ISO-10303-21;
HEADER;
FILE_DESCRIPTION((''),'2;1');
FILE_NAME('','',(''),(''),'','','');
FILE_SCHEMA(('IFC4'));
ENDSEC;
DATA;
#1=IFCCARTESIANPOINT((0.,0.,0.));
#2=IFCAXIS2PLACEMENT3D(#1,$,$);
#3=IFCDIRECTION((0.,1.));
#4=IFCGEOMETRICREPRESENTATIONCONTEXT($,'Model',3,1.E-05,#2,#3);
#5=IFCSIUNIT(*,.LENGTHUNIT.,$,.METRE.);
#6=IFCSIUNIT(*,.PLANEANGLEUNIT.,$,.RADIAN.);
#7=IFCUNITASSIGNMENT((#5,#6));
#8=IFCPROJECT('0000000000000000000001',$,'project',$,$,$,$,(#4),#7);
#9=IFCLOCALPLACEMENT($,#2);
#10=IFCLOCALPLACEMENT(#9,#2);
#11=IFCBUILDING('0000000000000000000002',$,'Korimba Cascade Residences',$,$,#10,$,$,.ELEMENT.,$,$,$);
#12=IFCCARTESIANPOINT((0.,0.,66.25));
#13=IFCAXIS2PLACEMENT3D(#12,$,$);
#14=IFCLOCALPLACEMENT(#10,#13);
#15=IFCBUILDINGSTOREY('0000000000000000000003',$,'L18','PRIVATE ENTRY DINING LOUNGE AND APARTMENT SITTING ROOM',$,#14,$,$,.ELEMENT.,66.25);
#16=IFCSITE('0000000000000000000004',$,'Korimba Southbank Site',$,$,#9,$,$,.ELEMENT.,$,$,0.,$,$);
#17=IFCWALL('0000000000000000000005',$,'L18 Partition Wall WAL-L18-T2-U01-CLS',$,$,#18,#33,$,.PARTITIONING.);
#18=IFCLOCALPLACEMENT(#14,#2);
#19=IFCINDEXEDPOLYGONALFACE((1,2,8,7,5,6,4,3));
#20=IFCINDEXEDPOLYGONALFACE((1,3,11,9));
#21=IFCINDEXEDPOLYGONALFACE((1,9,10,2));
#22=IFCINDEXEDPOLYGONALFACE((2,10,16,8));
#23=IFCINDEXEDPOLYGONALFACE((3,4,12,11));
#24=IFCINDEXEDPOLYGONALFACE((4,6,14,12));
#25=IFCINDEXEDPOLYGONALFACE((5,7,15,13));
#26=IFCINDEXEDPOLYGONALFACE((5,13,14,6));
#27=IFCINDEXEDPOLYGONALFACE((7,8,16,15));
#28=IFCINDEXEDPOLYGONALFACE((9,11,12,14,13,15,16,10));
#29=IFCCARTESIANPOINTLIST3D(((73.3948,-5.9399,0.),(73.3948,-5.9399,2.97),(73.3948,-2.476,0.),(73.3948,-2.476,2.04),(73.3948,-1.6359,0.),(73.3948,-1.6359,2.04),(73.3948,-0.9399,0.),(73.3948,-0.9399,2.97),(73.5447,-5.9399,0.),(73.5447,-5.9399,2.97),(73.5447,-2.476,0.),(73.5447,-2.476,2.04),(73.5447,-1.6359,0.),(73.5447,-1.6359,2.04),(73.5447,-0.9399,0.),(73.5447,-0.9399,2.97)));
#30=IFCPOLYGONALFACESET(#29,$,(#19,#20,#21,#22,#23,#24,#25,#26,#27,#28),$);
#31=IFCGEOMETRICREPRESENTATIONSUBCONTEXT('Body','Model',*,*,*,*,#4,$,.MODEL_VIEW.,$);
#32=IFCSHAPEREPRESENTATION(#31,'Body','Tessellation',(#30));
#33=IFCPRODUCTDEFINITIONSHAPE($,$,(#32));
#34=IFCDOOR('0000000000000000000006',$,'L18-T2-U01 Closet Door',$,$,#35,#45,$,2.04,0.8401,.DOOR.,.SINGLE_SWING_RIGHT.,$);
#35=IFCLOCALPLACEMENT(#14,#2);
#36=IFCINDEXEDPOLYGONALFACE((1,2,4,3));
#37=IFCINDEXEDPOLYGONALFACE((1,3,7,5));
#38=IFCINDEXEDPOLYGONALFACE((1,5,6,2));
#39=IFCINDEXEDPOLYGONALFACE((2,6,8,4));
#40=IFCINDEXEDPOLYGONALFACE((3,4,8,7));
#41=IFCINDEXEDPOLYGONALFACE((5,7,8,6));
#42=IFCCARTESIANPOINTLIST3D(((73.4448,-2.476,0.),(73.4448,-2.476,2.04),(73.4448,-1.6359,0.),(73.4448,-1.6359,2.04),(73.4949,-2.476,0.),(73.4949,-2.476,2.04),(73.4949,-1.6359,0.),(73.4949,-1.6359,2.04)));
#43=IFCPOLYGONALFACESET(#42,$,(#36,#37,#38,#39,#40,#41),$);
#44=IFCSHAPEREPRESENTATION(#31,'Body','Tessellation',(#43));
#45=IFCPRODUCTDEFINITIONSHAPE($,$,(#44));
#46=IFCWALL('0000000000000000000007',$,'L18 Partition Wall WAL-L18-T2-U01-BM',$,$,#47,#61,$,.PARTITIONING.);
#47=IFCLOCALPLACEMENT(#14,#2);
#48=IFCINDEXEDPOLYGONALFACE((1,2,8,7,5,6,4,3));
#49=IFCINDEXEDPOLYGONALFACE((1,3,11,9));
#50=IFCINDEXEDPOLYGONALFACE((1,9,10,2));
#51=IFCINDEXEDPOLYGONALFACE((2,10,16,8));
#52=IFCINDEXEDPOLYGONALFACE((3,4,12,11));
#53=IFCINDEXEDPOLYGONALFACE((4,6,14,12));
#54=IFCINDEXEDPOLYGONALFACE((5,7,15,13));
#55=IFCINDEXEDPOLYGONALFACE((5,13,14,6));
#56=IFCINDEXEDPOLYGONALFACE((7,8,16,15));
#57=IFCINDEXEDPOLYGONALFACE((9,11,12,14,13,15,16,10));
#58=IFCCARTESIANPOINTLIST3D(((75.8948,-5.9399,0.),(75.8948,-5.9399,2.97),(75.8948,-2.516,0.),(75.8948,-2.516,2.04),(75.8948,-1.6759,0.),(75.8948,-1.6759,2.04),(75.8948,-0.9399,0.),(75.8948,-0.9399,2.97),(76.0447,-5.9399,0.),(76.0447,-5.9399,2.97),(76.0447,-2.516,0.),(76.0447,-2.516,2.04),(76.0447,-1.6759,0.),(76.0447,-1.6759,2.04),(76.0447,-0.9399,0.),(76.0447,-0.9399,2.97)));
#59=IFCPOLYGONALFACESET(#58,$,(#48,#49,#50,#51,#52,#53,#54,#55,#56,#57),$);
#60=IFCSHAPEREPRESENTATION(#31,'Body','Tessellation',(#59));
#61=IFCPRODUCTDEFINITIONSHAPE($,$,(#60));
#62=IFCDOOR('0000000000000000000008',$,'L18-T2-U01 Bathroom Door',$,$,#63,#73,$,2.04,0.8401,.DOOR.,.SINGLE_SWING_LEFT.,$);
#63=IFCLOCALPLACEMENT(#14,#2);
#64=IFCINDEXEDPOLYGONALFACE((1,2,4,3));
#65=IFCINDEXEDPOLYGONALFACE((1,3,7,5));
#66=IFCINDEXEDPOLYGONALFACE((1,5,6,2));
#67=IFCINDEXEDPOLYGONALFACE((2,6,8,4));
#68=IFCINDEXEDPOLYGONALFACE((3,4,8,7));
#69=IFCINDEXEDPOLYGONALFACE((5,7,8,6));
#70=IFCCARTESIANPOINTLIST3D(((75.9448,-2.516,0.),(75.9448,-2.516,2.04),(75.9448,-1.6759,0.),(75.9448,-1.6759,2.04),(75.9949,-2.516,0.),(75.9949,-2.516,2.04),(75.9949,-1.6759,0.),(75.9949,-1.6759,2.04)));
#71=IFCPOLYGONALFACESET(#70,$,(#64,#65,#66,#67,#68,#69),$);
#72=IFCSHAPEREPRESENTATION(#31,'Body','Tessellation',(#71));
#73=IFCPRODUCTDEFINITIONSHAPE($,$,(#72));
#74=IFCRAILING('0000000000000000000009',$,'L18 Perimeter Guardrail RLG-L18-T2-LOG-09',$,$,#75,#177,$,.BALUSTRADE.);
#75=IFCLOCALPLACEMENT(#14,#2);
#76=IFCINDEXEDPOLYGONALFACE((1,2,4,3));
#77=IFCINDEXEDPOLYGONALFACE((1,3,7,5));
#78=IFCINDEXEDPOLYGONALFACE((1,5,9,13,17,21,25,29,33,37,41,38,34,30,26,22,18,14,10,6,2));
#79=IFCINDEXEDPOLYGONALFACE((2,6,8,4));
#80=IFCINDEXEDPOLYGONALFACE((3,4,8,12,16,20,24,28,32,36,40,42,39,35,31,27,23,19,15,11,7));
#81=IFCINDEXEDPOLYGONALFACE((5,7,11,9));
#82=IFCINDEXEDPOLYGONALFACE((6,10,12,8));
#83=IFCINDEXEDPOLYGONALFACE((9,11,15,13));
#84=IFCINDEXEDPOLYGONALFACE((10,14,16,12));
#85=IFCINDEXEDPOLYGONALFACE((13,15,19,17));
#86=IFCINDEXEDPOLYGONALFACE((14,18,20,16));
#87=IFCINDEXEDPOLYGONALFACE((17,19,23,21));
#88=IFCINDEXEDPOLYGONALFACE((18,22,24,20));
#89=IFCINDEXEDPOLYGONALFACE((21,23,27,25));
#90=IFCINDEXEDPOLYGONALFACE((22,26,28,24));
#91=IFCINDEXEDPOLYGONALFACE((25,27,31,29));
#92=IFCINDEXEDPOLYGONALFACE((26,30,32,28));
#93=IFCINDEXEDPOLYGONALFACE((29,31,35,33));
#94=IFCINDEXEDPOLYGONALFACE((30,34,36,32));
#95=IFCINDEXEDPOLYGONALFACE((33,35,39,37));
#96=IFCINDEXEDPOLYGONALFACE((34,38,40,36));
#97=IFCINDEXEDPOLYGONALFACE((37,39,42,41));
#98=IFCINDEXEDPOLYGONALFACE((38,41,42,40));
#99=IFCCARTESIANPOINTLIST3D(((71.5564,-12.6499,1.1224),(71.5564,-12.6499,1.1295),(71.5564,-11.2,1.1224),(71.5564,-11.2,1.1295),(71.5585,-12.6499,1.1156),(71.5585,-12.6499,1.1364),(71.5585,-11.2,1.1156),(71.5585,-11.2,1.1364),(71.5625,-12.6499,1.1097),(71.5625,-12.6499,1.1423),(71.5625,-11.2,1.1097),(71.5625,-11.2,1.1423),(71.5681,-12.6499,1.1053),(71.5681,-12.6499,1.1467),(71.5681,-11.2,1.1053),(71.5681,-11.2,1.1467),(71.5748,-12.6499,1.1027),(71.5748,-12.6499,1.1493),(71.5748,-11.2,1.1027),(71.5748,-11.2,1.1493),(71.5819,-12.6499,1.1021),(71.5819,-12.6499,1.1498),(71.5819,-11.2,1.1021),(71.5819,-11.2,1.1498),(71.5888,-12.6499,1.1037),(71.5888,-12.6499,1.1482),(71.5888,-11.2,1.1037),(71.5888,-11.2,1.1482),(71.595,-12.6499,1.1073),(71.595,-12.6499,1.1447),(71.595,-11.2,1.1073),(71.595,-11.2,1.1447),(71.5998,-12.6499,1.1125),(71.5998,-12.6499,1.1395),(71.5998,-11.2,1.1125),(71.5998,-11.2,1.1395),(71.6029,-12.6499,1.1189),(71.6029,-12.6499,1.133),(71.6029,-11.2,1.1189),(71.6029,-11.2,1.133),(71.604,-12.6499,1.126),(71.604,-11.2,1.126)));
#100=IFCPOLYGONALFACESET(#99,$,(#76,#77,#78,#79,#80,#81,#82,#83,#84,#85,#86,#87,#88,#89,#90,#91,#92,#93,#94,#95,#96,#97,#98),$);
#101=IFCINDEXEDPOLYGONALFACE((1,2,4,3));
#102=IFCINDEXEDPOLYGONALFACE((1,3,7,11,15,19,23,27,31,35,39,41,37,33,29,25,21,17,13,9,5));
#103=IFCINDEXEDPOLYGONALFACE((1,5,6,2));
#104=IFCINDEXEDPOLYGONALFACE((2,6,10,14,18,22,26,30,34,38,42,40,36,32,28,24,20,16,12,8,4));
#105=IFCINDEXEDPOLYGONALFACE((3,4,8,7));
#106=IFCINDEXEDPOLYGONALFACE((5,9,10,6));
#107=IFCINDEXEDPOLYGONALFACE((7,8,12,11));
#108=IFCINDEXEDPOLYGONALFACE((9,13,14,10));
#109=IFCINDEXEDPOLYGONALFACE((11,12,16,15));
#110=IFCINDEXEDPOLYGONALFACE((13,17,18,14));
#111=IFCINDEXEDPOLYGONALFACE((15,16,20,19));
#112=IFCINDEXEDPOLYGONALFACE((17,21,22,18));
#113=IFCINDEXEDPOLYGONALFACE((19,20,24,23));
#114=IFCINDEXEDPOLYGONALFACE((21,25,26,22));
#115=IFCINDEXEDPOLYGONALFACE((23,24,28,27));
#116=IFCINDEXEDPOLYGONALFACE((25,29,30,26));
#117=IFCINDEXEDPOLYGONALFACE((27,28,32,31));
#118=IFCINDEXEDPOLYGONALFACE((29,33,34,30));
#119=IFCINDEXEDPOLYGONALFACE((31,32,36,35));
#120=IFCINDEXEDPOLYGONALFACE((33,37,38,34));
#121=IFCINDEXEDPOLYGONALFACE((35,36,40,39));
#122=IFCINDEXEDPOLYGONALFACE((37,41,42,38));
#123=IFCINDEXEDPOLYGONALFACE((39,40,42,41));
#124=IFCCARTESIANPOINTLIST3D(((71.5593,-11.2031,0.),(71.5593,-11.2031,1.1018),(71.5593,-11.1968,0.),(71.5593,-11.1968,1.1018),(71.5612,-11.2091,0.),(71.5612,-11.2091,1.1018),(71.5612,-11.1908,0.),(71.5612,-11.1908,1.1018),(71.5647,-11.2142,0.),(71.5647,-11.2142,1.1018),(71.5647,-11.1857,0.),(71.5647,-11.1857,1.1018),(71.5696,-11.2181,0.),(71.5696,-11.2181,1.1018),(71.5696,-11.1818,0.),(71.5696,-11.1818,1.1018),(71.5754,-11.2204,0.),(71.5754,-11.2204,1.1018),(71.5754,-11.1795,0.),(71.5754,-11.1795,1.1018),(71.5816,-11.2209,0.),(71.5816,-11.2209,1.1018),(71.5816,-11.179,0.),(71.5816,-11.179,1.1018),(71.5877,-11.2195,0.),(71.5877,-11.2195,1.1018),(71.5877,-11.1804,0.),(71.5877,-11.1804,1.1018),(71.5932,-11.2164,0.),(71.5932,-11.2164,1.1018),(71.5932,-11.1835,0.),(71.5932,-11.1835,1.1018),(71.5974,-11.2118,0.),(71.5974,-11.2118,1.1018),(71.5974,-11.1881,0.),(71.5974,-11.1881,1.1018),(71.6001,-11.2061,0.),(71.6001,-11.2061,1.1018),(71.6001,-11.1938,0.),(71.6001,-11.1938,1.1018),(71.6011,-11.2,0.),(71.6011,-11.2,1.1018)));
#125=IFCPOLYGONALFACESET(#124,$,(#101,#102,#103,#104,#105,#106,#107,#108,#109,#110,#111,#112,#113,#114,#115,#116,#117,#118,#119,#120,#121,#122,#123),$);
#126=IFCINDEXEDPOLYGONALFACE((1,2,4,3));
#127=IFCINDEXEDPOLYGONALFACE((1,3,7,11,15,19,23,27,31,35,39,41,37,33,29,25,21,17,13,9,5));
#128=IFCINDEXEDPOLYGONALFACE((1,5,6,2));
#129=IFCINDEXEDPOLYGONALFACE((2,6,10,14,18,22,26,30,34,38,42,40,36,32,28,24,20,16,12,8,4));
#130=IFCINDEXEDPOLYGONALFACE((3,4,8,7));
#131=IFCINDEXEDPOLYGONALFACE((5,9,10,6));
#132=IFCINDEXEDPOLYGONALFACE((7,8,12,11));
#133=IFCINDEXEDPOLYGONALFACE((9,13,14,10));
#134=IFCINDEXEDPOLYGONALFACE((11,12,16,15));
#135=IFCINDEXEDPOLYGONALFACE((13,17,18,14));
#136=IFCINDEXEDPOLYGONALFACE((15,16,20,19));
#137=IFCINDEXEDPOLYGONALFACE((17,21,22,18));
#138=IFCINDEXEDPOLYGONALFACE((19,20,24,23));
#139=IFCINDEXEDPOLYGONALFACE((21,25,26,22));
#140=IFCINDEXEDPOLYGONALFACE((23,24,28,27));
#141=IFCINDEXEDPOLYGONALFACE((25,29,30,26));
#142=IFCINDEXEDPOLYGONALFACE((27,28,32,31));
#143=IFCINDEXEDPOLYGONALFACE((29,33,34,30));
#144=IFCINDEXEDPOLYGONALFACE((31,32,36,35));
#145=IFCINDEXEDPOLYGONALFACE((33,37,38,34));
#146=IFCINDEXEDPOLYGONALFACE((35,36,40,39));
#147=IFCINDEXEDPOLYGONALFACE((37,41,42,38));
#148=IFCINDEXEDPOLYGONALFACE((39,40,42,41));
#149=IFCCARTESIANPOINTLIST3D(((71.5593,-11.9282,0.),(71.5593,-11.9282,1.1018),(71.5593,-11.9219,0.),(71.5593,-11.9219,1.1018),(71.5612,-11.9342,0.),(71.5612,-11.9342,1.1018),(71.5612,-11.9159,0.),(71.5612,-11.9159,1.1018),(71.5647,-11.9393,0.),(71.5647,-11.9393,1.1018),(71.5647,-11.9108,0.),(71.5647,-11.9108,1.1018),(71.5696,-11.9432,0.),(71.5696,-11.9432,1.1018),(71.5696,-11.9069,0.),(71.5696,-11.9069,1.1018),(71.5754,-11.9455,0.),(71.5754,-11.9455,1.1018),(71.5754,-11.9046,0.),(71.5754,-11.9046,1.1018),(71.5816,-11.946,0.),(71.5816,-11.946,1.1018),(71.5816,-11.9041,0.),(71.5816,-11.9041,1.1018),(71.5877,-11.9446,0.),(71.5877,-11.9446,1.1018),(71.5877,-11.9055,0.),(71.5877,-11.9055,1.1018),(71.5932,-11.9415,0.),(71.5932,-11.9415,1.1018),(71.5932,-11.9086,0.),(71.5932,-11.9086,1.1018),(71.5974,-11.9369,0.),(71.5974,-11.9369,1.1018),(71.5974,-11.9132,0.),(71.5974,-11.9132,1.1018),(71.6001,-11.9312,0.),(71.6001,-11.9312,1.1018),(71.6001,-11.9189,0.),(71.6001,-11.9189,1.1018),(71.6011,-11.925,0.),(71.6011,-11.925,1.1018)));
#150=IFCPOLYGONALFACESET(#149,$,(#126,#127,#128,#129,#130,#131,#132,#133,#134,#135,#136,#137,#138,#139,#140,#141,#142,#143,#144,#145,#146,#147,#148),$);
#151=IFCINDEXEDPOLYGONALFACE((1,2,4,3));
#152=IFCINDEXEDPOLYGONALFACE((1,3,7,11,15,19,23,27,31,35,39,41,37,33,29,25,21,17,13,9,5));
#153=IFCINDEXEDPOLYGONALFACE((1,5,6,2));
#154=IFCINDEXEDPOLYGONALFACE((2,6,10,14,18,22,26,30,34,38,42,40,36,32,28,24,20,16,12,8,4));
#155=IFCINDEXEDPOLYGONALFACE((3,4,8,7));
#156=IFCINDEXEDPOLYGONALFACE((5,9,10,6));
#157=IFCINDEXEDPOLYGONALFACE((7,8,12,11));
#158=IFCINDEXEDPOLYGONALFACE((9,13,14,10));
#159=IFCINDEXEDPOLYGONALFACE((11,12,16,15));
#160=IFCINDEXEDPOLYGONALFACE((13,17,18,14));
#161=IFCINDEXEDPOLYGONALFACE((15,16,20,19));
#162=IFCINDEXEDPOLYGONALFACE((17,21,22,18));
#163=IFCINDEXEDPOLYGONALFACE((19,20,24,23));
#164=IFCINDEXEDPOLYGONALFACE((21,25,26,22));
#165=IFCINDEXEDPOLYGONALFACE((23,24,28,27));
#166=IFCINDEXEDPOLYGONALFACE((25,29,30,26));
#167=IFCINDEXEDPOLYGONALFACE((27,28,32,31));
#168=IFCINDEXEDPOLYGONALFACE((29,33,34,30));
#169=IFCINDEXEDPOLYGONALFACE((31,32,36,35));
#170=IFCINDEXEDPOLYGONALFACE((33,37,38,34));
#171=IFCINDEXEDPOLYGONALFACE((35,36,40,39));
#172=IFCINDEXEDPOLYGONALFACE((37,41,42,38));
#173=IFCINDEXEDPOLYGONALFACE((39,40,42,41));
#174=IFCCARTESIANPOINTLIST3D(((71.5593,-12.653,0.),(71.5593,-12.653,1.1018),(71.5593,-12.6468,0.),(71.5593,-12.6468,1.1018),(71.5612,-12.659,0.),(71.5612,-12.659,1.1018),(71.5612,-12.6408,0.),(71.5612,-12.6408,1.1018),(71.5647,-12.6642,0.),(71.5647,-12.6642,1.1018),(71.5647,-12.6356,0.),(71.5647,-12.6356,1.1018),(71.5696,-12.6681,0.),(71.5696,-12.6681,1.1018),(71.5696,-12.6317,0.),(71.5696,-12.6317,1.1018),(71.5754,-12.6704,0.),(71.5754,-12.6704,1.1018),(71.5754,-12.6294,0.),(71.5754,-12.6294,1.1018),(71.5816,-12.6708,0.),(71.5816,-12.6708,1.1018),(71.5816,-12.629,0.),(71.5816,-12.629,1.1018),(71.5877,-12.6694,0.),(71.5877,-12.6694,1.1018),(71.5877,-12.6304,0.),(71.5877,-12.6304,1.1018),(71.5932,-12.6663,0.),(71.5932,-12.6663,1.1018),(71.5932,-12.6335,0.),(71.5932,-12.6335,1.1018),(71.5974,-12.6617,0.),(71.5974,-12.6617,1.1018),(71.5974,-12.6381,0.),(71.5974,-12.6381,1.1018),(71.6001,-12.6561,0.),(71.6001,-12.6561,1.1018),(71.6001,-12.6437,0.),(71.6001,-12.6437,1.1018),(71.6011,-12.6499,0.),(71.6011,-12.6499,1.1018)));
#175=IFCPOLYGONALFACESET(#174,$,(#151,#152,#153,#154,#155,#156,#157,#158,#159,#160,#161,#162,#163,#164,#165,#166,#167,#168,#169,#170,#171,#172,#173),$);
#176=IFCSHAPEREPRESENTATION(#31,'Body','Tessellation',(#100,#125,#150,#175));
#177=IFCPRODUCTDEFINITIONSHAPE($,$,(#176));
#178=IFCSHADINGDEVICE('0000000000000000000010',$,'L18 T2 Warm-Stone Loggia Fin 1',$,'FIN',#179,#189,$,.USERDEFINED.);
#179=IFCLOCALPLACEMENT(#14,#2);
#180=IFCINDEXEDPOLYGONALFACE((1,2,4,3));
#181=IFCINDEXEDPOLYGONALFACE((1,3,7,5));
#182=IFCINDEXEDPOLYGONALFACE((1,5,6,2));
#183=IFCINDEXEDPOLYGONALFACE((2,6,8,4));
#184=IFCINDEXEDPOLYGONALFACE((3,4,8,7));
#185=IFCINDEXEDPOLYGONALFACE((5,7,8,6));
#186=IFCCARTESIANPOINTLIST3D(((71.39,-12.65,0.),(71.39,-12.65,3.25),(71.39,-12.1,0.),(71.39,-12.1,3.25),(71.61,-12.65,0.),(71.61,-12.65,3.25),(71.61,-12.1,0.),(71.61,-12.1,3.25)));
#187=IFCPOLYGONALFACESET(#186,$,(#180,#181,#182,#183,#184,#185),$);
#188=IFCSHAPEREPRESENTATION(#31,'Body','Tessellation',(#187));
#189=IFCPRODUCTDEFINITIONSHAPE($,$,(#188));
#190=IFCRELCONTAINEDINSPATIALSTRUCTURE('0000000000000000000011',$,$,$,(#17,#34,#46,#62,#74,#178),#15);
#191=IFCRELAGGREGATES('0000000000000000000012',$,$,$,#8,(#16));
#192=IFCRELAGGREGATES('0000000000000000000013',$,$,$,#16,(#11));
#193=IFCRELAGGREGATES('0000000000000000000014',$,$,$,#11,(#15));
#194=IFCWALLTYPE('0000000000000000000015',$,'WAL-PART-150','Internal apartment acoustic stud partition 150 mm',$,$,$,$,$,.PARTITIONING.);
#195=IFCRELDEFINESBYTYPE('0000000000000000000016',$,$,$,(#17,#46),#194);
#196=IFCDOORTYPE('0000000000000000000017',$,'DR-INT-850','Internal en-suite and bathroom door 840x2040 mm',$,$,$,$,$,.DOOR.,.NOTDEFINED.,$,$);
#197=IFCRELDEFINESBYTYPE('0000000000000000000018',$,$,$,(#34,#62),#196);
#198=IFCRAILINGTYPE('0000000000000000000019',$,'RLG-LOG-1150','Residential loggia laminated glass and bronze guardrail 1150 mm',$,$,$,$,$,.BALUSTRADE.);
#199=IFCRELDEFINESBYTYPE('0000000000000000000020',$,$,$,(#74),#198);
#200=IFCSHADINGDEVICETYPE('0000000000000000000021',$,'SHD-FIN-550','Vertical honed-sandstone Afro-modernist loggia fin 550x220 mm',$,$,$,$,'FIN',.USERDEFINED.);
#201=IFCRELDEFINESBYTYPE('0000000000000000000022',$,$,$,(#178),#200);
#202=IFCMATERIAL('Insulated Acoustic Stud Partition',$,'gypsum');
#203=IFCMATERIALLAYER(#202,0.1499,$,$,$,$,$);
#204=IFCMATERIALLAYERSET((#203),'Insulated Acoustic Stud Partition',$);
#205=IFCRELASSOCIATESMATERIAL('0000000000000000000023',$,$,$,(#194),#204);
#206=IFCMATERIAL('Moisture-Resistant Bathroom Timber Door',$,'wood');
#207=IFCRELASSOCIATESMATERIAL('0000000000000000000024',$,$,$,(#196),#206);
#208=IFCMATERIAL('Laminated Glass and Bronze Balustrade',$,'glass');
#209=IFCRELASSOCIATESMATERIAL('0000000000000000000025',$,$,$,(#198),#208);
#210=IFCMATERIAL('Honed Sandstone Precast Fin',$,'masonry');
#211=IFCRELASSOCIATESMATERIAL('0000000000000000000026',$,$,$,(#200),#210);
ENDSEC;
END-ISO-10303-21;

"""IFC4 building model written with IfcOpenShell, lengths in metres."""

from ifc_helpers import new_model, si_unit, direction, frame, frame_2d, origin, origin_2d, place, context, subcontext, project, spatial, rectangle, circle, extrude, material, layer, layer_set, type_object, element, fill, save


model = new_model("IFC4")

# Units and contexts
model_context = context("Model", 3, precision=1e-05, world=origin(), true_north=direction((0.0, 1.0)))
body_context = subcontext(model_context, "Body", "Model", "MODEL_VIEW")
ifc_project = project(units=[si_unit("LENGTHUNIT", "METRE"), si_unit("PLANEANGLEUNIT", "RADIAN")], contexts=[model_context])

# Site, building, storey
site_placement = place(None, origin())
site = spatial("IfcSite", under=ifc_project, at=site_placement, Name="Korimba Southbank Site", CompositionType="ELEMENT", RefElevation=0.0)
building_placement = place(site_placement, origin())
building = spatial("IfcBuilding", under=site, at=building_placement, Name="Korimba Cascade Residences", CompositionType="ELEMENT")
storey_placement = place(building_placement, frame((0.0, 0.0, 66.25)))
storey = spatial("IfcBuildingStorey", under=building, at=storey_placement, Name="L18", Description="PRIVATE ENTRY DINING LOUNGE AND APARTMENT SITTING ROOM", CompositionType="ELEMENT", Elevation=66.25)

# Walls, openings, doors
ifc_material_1 = material(Name="Insulated Acoustic Stud Partition", Category="gypsum")
ifc_layer = layer(ifc_material_1, 0.1499)
ifc_layer_set = layer_set([ifc_layer], Name="Insulated Acoustic Stud Partition")
wall_type = type_object("IfcWallType", Name="WAL-PART-150", Description="Internal apartment acoustic stud partition 150 mm", PredefinedType="PARTITIONING", material=ifc_layer_set)
ifc_material_2 = material(Name="Moisture-Resistant Bathroom Timber Door", Category="wood")
door_type_1 = type_object("IfcDoorType", Name="DR-INT-850", Description="Internal en-suite and bathroom door 840x2040 mm", OperationType="NOTDEFINED", PredefinedType="DOOR", material=ifc_material_2)
wall_1_placement = place(storey_placement, frame((73.4697, -5.9399, 0.0), z_axis=(0.0, 0.0, 1.0), x_axis=(0.0, 1.0, 0.0)))
wall_1 = element("IfcWall", 1, at=wall_1_placement, inside=storey, type_object=wall_type, Name="L18 Partition Wall WAL-L18-T2-U01-CLS", PredefinedType="PARTITIONING", context=body_context, shape_type="SweptSolid", body=[
    extrude(rectangle(XDim=5.0, YDim=0.1499, at=frame_2d((2.5, 0.0))), origin(), (0.0, 0.0, 1.0), 2.97),
])
opening_1_placement = place(wall_1_placement, frame((3.4641, 0.0, 0.0)))
opening_1 = element("IfcOpeningElement", 2, at=opening_1_placement, cuts=wall_1, PredefinedType="OPENING", context=body_context, shape_type="SweptSolid", body=[
    extrude(rectangle(XDim=0.8401, YDim=2.04, at=frame_2d((0.4199, 1.02))), frame((0.0, 0.085, 0.0), z_axis=(0.0, -1.0, 0.0), x_axis=(1.0, 0.0, 0.0)), (0.0, 0.0, 1.0), 0.1699),
])
door_1_placement = place(opening_1_placement, origin())
door_1 = element("IfcDoor", 3, at=door_1_placement, inside=storey, type_object=door_type_1, Name="L18-T2-U01 Closet Door", OperationType="SINGLE_SWING_RIGHT", OverallHeight=2.04, OverallWidth=0.8401, PredefinedType="DOOR", context=body_context, shape_type="SweptSolid", body=[
    extrude(rectangle(XDim=0.8401, YDim=2.04, at=frame_2d((0.4199, 1.02))), frame((0.0, 0.0249, 0.0), z_axis=(0.0, -1.0, 0.0), x_axis=(1.0, 0.0, 0.0)), (0.0, 0.0, 1.0), 0.05),
])
fill(opening_1, door_1)
wall_2_placement = place(storey_placement, frame((75.9697, -5.9399, 0.0), z_axis=(0.0, 0.0, 1.0), x_axis=(0.0, 1.0, 0.0)))
wall_2 = element("IfcWall", 4, at=wall_2_placement, inside=storey, type_object=wall_type, Name="L18 Partition Wall WAL-L18-T2-U01-BM", PredefinedType="PARTITIONING", context=body_context, shape_type="SweptSolid", body=[
    extrude(rectangle(XDim=5.0, YDim=0.1499, at=frame_2d((2.5, 0.0))), origin(), (0.0, 0.0, 1.0), 2.97),
])
opening_2_placement = place(wall_2_placement, frame((3.4241, 0.0, 0.0)))
opening_2 = element("IfcOpeningElement", 5, at=opening_2_placement, cuts=wall_2, PredefinedType="OPENING", context=body_context, shape_type="SweptSolid", body=[
    extrude(rectangle(XDim=0.8401, YDim=2.04, at=frame_2d((0.4199, 1.02))), frame((0.0, 0.085, 0.0), z_axis=(0.0, -1.0, 0.0), x_axis=(1.0, 0.0, 0.0)), (0.0, 0.0, 1.0), 0.1699),
])
door_2_placement = place(opening_2_placement, origin())
door_2 = element("IfcDoor", 6, at=door_2_placement, inside=storey, type_object=door_type_1, Name="L18-T2-U01 Bathroom Door", OperationType="SINGLE_SWING_LEFT", OverallHeight=2.04, OverallWidth=0.8401, PredefinedType="DOOR", context=body_context, shape_type="SweptSolid", body=[
    extrude(rectangle(XDim=0.8401, YDim=2.04, at=frame_2d((0.4199, 1.02))), frame((0.0, 0.0249, 0.0), z_axis=(0.0, -1.0, 0.0), x_axis=(1.0, 0.0, 0.0)), (0.0, 0.0, 1.0), 0.05),
])
fill(opening_2, door_2)

# Railing
ifc_material_3 = material(Name="Laminated Glass and Bronze Balustrade", Category="glass")
railing_type = type_object("IfcRailingType", Name="RLG-LOG-1150", Description="Residential loggia laminated glass and bronze guardrail 1150 mm", PredefinedType="BALUSTRADE", material=ifc_material_3)
railing_1_placement = place(storey_placement, frame((71.5801, -11.2, 0.0)))
element("IfcRailing", 7, at=railing_1_placement, inside=storey, type_object=railing_type, Name="L18 Perimeter Guardrail RLG-L18-T2-LOG-09", PredefinedType="BALUSTRADE", context=body_context, shape_type="SweptSolid", body=[
    extrude(circle(Radius=0.0239, at=origin_2d()), frame((0.0, 0.0, 1.126), z_axis=(0.0, -1.0, 0.0), x_axis=(1.0, 0.0, 0.0)), (0.0, 0.0, 1.0), 1.45),
    extrude(circle(Radius=0.021, at=origin_2d()), origin(), (0.0, 0.0, 1.0), 1.1018),
    extrude(circle(Radius=0.021, at=origin_2d()), frame((0.0, -0.7251, 0.0)), (0.0, 0.0, 1.0), 1.1018),
    extrude(circle(Radius=0.021, at=origin_2d()), frame((0.0, -1.45, 0.0)), (0.0, 0.0, 1.0), 1.1018),
])

# Shading device
ifc_material_4 = material(Name="Honed Sandstone Precast Fin", Category="masonry")
shading_device_type = type_object("IfcShadingDeviceType", Name="SHD-FIN-550", Description="Vertical honed-sandstone Afro-modernist loggia fin 550x220 mm", ElementType="FIN", PredefinedType="USERDEFINED", material=ifc_material_4)
for number, where, z_axis, x_axis, name in (
    (8, (71.5, -12.375, 0.0), (0.0, 0.0, 1.0), (1.0, 0.0, 0.0), "L18 T2 Warm-Stone Loggia Fin 1"),
):
    element("IfcShadingDevice", number, at=place(storey_placement, frame(where, z_axis=z_axis, x_axis=x_axis)), inside=storey, type_object=shading_device_type, Name=name, ObjectType="FIN", PredefinedType="USERDEFINED", context=body_context, shape_type="SweptSolid", body=[
        extrude(rectangle(XDim=0.22, YDim=0.55, at=origin_2d()), origin(), (0.0, 0.0, 1.0), 3.25),
    ])

save(model, "model.ifc")
